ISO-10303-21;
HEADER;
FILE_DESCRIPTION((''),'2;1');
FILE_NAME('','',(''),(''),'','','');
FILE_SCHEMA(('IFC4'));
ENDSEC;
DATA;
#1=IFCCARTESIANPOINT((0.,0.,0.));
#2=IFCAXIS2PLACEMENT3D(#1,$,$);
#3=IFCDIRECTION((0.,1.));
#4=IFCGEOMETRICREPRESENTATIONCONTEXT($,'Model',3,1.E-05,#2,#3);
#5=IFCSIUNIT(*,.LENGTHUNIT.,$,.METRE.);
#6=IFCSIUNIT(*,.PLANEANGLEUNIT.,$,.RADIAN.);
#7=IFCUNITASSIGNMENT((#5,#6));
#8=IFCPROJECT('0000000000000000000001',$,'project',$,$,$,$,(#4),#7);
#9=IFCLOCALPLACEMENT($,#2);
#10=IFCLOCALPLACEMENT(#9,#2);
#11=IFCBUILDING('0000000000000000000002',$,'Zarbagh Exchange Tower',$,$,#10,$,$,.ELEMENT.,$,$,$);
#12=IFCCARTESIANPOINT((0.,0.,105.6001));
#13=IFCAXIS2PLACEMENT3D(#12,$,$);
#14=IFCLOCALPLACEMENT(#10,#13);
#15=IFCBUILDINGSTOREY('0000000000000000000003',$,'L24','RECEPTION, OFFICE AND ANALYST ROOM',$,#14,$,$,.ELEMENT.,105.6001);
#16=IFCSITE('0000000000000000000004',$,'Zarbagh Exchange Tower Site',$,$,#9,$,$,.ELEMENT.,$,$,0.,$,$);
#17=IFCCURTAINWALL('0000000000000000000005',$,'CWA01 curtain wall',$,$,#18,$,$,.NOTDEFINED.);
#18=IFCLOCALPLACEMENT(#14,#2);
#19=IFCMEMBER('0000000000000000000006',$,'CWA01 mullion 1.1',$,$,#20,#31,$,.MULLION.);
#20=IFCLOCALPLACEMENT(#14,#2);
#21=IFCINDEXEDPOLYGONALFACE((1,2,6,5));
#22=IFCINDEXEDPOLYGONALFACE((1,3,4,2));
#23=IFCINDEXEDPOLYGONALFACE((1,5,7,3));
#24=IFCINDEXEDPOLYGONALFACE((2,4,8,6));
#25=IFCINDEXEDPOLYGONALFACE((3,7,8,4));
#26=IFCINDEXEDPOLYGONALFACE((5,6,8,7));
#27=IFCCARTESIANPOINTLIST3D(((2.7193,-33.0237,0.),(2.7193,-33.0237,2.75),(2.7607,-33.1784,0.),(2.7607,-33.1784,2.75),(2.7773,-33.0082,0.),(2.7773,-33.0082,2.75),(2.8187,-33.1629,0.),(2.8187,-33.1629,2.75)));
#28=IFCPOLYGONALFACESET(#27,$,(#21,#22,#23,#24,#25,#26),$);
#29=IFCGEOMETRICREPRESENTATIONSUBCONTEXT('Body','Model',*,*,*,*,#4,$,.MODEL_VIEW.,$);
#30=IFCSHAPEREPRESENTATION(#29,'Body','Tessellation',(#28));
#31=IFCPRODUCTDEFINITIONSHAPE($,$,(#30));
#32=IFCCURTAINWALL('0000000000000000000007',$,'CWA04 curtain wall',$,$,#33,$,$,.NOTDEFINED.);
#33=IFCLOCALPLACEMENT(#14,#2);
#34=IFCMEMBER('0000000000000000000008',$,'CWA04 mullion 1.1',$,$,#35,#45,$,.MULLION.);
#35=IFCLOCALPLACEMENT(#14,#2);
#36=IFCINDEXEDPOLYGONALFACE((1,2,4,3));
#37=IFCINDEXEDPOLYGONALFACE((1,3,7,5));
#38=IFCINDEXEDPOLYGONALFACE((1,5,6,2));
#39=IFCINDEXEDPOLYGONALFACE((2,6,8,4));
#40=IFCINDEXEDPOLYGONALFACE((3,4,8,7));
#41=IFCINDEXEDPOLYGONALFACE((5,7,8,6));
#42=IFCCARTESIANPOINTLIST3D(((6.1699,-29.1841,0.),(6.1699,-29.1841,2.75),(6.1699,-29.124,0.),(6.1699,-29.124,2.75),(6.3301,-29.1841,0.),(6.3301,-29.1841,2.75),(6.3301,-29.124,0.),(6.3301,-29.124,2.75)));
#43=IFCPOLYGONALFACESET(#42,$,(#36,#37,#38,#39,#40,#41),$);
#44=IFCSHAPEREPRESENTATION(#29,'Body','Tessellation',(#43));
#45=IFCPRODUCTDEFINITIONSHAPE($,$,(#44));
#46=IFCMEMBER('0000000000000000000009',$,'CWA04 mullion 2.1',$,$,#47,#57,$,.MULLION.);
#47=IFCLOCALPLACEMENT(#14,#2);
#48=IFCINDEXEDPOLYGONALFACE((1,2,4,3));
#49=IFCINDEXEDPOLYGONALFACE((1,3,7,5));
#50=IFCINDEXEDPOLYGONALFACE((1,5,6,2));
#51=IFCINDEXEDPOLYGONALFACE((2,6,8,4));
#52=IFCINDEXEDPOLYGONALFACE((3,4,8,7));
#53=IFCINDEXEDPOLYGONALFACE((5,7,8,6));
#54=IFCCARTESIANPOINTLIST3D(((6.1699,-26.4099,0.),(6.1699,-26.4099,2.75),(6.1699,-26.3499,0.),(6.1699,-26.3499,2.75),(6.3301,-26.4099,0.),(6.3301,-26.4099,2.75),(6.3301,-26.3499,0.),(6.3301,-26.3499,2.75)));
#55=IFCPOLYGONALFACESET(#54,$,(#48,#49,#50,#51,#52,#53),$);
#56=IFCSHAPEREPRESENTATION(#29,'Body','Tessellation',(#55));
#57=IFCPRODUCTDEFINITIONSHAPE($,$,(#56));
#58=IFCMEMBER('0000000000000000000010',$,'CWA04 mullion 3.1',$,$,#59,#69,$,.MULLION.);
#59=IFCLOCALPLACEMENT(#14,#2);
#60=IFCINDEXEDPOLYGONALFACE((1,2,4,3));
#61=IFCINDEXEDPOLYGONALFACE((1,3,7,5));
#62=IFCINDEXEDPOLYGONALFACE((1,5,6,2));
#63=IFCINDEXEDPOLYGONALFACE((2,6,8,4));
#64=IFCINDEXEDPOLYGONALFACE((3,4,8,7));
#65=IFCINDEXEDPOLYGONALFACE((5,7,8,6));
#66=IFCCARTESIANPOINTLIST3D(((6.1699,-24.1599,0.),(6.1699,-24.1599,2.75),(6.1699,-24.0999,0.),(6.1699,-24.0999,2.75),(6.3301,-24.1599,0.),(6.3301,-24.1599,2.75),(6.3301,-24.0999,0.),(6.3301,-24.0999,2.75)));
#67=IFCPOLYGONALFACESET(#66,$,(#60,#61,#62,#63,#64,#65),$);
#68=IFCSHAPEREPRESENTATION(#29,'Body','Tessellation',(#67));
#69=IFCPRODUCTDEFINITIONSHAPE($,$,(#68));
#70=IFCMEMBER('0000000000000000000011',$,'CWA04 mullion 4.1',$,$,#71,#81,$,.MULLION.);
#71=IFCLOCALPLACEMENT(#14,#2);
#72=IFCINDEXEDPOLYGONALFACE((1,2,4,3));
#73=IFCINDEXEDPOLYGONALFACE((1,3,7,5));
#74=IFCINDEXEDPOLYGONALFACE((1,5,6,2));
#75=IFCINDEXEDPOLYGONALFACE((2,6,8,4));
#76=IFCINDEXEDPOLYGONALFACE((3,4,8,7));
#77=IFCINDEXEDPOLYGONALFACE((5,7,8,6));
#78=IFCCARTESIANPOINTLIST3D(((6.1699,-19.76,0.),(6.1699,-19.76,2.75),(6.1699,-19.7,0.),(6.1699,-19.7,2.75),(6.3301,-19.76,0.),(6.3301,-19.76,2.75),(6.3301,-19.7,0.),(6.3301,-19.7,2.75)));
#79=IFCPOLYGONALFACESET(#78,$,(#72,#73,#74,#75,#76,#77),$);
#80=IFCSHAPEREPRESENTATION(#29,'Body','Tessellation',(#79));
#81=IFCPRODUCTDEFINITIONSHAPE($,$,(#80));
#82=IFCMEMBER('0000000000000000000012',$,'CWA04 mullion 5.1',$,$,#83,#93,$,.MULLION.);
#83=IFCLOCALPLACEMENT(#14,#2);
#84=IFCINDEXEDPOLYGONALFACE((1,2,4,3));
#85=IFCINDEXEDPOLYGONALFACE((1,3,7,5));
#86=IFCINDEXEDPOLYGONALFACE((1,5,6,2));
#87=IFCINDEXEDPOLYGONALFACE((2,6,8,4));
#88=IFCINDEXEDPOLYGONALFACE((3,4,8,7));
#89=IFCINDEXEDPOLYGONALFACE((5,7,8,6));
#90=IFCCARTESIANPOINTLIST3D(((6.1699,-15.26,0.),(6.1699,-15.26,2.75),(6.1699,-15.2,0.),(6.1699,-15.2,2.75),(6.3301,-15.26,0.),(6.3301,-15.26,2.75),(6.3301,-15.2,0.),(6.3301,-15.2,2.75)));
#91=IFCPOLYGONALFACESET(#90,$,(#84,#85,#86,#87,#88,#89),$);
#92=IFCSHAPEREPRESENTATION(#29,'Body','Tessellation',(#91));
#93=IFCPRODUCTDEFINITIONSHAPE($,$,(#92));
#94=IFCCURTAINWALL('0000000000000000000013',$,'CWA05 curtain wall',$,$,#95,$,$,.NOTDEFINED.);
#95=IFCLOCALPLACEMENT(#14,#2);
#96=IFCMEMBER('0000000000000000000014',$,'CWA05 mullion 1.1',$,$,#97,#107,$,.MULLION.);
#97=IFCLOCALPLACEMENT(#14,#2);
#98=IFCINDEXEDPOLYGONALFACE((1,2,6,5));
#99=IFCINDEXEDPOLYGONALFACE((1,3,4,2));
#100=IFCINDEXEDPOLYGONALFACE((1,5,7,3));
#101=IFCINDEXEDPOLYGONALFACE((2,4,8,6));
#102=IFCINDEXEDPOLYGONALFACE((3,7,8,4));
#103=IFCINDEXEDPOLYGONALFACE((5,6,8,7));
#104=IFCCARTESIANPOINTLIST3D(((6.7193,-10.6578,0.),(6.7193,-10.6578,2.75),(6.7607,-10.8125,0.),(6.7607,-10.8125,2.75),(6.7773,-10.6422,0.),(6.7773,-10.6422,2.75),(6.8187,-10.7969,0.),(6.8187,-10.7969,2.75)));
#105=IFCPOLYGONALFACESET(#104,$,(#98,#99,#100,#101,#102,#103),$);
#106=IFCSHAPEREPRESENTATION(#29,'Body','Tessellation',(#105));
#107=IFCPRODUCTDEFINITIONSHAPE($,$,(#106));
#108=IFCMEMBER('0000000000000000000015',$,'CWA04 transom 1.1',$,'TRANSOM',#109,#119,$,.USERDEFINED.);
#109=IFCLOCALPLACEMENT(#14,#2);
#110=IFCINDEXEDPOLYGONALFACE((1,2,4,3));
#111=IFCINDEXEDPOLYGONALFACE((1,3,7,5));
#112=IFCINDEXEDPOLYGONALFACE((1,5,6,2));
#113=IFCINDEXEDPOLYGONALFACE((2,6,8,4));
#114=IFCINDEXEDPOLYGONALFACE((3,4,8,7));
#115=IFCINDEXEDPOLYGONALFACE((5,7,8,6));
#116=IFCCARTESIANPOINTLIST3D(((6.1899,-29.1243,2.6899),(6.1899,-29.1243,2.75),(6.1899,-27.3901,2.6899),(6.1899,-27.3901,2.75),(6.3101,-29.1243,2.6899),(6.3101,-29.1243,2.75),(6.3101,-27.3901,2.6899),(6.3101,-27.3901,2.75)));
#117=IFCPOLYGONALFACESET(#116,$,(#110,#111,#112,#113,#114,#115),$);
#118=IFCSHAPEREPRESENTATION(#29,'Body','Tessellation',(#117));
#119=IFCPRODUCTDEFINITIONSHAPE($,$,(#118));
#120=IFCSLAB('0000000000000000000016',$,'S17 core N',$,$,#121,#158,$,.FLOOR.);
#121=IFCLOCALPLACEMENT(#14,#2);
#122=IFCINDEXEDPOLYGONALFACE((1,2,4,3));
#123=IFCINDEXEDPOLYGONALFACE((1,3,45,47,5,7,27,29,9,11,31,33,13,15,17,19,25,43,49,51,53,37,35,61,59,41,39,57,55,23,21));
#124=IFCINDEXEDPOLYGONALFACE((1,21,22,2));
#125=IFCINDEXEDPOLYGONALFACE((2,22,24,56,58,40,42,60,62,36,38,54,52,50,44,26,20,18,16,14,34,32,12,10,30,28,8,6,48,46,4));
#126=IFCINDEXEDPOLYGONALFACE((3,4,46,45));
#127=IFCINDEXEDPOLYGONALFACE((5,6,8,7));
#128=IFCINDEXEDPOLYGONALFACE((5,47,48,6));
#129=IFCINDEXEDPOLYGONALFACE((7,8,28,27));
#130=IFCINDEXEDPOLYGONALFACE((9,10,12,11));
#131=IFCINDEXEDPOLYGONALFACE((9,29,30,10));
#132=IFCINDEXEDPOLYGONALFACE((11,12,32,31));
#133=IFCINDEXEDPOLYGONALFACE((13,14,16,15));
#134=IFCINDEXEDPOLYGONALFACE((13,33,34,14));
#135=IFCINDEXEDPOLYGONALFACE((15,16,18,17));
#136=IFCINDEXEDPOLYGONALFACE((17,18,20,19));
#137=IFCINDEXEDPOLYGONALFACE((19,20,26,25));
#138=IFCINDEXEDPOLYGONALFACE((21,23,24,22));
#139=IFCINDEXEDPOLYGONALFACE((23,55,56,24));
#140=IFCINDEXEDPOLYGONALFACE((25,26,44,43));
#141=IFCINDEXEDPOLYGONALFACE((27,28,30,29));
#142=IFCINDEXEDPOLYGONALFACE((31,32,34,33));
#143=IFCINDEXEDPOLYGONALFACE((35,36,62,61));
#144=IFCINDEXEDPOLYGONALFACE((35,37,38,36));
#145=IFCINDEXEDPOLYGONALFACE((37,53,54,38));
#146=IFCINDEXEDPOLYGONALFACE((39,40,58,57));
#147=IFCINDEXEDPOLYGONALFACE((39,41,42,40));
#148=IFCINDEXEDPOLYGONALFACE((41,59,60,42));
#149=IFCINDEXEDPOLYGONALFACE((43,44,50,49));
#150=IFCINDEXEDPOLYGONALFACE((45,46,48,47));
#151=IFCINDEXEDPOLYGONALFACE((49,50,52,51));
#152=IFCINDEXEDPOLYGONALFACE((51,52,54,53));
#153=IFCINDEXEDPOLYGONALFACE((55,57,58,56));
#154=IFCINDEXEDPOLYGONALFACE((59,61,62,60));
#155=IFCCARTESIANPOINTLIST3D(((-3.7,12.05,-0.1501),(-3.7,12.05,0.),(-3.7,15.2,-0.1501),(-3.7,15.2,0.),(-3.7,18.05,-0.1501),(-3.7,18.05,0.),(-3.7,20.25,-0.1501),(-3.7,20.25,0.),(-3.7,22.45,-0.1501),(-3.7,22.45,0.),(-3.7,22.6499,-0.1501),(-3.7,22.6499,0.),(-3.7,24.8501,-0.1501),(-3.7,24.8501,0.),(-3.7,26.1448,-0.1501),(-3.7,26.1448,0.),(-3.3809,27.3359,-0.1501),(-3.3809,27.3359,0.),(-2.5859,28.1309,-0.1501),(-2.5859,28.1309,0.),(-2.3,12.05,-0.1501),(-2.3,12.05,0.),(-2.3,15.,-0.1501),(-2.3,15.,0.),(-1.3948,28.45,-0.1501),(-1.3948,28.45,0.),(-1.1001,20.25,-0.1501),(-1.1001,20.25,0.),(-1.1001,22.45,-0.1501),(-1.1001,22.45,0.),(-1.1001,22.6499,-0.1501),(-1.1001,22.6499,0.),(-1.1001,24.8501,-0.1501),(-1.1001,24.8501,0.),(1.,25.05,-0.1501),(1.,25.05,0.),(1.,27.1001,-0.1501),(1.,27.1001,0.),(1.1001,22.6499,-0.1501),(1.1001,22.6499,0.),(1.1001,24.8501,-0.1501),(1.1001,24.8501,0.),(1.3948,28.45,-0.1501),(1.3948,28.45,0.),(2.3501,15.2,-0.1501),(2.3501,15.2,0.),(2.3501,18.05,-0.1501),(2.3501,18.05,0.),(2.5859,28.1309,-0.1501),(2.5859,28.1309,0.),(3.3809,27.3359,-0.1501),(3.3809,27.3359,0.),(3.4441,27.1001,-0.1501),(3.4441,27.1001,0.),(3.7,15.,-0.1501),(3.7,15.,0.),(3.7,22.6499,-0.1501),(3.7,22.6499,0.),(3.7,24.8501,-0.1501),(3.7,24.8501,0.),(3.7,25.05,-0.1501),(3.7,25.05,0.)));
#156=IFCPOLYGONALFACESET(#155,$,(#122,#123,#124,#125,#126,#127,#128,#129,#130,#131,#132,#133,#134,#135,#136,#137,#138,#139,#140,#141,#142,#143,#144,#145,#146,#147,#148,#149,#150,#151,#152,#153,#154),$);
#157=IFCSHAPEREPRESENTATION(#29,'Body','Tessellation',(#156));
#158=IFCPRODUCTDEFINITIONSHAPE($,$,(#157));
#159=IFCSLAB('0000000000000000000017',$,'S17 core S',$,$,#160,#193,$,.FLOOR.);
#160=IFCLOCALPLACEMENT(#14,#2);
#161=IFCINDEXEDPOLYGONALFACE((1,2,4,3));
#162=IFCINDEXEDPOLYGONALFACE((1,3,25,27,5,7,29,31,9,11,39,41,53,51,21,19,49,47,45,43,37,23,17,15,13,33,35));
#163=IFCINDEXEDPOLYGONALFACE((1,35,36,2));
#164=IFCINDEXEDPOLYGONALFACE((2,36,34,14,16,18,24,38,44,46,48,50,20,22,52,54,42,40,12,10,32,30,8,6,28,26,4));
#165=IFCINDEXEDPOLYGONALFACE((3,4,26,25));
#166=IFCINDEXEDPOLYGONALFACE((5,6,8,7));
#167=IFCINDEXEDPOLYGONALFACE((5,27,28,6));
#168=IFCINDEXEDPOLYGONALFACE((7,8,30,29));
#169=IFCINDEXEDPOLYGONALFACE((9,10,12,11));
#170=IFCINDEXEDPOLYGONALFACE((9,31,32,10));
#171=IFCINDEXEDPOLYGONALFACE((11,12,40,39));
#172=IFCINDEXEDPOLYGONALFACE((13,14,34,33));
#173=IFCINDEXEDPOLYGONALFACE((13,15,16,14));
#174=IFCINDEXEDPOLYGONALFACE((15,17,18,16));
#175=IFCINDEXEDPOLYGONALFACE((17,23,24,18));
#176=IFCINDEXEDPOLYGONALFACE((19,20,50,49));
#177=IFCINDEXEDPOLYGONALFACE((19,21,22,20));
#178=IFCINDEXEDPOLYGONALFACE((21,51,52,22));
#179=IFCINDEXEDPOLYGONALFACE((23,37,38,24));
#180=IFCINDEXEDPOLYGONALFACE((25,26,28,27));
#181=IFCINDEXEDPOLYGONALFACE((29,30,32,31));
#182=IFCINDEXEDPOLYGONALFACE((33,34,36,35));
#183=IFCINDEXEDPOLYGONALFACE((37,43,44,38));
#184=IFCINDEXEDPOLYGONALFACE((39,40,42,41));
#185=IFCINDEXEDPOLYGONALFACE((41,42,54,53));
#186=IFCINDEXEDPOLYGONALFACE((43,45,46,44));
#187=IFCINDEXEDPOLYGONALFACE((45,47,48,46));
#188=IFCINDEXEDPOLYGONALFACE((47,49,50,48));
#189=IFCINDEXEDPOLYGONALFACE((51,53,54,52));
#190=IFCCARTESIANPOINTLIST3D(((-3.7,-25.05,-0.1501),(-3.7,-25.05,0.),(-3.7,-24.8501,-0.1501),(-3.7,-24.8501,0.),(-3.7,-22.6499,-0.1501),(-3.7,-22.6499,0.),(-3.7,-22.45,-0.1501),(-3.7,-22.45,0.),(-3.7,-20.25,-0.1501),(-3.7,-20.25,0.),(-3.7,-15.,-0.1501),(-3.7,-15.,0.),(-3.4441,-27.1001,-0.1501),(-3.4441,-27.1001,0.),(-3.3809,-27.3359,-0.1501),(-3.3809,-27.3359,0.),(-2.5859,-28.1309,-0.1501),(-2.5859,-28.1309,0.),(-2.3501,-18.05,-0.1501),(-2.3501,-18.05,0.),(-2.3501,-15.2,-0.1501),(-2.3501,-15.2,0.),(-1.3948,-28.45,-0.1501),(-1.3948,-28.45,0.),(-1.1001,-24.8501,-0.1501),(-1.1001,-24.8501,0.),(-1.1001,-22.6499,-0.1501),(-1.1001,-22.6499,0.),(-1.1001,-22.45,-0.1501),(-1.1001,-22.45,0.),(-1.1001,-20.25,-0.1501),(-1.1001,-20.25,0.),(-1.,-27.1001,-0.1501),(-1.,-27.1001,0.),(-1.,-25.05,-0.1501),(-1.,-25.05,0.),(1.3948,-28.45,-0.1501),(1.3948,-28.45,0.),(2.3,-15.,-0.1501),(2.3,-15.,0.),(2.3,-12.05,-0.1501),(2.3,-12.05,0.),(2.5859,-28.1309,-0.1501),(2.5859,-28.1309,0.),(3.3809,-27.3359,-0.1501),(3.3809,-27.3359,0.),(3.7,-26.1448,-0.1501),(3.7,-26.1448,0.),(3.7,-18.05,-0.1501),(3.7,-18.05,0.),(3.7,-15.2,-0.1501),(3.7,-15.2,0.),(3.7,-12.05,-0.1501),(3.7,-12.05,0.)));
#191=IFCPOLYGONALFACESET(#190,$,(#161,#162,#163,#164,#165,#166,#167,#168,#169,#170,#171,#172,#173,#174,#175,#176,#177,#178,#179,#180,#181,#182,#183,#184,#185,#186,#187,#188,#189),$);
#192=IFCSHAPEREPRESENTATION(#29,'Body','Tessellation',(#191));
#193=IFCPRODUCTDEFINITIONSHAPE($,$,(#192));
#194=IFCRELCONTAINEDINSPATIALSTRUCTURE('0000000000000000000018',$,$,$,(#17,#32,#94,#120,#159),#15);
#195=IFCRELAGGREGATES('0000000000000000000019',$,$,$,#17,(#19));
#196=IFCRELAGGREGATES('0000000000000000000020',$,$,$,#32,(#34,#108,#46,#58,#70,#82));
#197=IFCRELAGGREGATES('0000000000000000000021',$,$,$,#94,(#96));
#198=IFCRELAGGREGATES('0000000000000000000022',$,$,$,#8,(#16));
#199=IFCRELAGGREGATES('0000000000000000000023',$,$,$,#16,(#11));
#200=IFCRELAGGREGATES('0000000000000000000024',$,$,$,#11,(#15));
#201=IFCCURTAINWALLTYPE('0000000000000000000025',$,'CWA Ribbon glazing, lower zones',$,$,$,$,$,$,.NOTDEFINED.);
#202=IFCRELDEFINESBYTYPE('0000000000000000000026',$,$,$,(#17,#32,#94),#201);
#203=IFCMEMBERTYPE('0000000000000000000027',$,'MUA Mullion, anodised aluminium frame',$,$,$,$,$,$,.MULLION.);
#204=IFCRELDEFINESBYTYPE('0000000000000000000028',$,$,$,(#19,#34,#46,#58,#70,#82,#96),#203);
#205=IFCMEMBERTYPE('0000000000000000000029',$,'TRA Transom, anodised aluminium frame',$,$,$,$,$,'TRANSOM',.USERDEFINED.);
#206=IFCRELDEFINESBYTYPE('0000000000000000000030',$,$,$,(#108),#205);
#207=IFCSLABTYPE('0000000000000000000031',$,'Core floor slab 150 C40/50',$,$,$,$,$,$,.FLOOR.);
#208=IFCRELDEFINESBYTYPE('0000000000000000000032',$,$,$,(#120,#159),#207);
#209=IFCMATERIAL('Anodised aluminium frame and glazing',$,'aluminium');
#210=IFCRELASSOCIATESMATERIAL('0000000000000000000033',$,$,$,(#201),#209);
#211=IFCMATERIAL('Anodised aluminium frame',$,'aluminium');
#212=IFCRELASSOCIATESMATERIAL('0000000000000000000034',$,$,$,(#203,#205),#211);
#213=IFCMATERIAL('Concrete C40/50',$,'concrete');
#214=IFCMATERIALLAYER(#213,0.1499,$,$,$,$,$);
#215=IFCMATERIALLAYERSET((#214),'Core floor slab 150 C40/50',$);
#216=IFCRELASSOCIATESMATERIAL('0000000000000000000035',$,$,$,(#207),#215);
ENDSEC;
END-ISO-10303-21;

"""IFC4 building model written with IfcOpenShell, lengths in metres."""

from ifc_helpers import new_model, si_unit, direction, frame, origin, place, context, subcontext, project, spatial, polyline, outline, extrude, source, transform, mapped, material, layer, layer_set, type_object, element, aggregate, save


model = new_model("IFC4")

# Units and contexts
model_context = context("Model", 3, precision=1e-05, world=origin(), true_north=direction((0.0, 1.0)))
body_context = subcontext(model_context, "Body", "Model", "MODEL_VIEW")
ifc_project = project(units=[si_unit("LENGTHUNIT", "METRE"), si_unit("PLANEANGLEUNIT", "RADIAN")], contexts=[model_context])

# Site, building, storey
site_placement = place(None, origin())
site = spatial("IfcSite", under=ifc_project, at=site_placement, Name="Zarbagh Exchange Tower Site", CompositionType="ELEMENT", RefElevation=0.0)
building_placement = place(site_placement, origin())
building = spatial("IfcBuilding", under=site, at=building_placement, Name="Zarbagh Exchange Tower", CompositionType="ELEMENT")
storey_placement = place(building_placement, frame((0.0, 0.0, 105.6001)))
storey = spatial("IfcBuildingStorey", under=building, at=storey_placement, Name="L24", Description="RECEPTION, OFFICE AND ANALYST ROOM", CompositionType="ELEMENT", Elevation=105.6001)

# Curtain wall, member
ifc_material_1 = material(Name="Anodised aluminium frame and glazing", Category="aluminium")
curtain_wall_type = type_object("IfcCurtainWallType", Name="CWA Ribbon glazing, lower zones", PredefinedType="NOTDEFINED", material=ifc_material_1)
curtain_wall_1_placement = place(storey_placement, origin())
curtain_wall_1 = element("IfcCurtainWall", 1, at=curtain_wall_1_placement, inside=storey, type_object=curtain_wall_type, Name="CWA01 curtain wall", PredefinedType="NOTDEFINED")
ifc_material_2 = material(Name="Anodised aluminium frame", Category="aluminium")
member_type_1 = type_object("IfcMemberType", Name="MUA Mullion, anodised aluminium frame", PredefinedType="MULLION", material=ifc_material_2)
shared_shape_1 = source(origin(), body_context, "Body", "SweptSolid", [
    extrude(outline(polyline([(0.0, -0.0801), (0.0601, -0.0801), (0.0601, 0.0801), (0.0, 0.0801), (0.0, -0.0801)])), origin(), (0.0, 0.0, 1.0), 2.75),
])
placement = place(storey_placement, origin())
member_1 = element("IfcMember", 2, at=placement, type_object=member_type_1, Name="CWA01 mullion 1.1", PredefinedType="MULLION", context=body_context, shape_type="MappedRepresentation", body=[
    mapped(shared_shape_1, transform((2.74, -33.1011, 0.0), x_axis=(0.965924, 0.258825, 0.0), y_axis=(-0.258825, 0.965924, 0.0), z_axis=(0.0, 0.0, 1.0))),
])

# Curtain wall, members
curtain_wall_2_placement = place(storey_placement, origin())
curtain_wall_2 = element("IfcCurtainWall", 3, at=curtain_wall_2_placement, inside=storey, type_object=curtain_wall_type, Name="CWA04 curtain wall", PredefinedType="NOTDEFINED")
member_2 = element("IfcMember", 4, at=placement, type_object=member_type_1, Name="CWA04 mullion 1.1", PredefinedType="MULLION", context=body_context, shape_type="MappedRepresentation", body=[
    mapped(shared_shape_1, transform((6.25, -29.1841, 0.0), x_axis=(0.0, 1.0, 0.0), y_axis=(-1.0, 0.0, 0.0), z_axis=(0.0, 0.0, 1.0))),
])
member_3 = element("IfcMember", 5, at=placement, type_object=member_type_1, Name="CWA04 mullion 2.1", PredefinedType="MULLION", context=body_context, shape_type="MappedRepresentation", body=[
    mapped(shared_shape_1, transform((6.25, -26.4099, 0.0), x_axis=(0.0, 1.0, 0.0), y_axis=(-1.0, 0.0, 0.0), z_axis=(0.0, 0.0, 1.0))),
])
member_4 = element("IfcMember", 6, at=placement, type_object=member_type_1, Name="CWA04 mullion 3.1", PredefinedType="MULLION", context=body_context, shape_type="MappedRepresentation", body=[
    mapped(shared_shape_1, transform((6.25, -24.1599, 0.0), x_axis=(0.0, 1.0, 0.0), y_axis=(-1.0, 0.0, 0.0), z_axis=(0.0, 0.0, 1.0))),
])
member_5 = element("IfcMember", 7, at=placement, type_object=member_type_1, Name="CWA04 mullion 4.1", PredefinedType="MULLION", context=body_context, shape_type="MappedRepresentation", body=[
    mapped(shared_shape_1, transform((6.25, -19.76, 0.0), x_axis=(0.0, 1.0, 0.0), y_axis=(-1.0, 0.0, 0.0), z_axis=(0.0, 0.0, 1.0))),
])
member_6 = element("IfcMember", 8, at=placement, type_object=member_type_1, Name="CWA04 mullion 5.1", PredefinedType="MULLION", context=body_context, shape_type="MappedRepresentation", body=[
    mapped(shared_shape_1, transform((6.25, -15.26, 0.0), x_axis=(0.0, 1.0, 0.0), y_axis=(-1.0, 0.0, 0.0), z_axis=(0.0, 0.0, 1.0))),
])

# Curtain wall, member
curtain_wall_3_placement = place(storey_placement, origin())
curtain_wall_3 = element("IfcCurtainWall", 9, at=curtain_wall_3_placement, inside=storey, type_object=curtain_wall_type, Name="CWA05 curtain wall", PredefinedType="NOTDEFINED")
member_7 = element("IfcMember", 10, at=placement, type_object=member_type_1, Name="CWA05 mullion 1.1", PredefinedType="MULLION", context=body_context, shape_type="MappedRepresentation", body=[
    mapped(shared_shape_1, transform((6.74, -10.7351, 0.0), x_axis=(0.965924, 0.258825, 0.0), y_axis=(-0.258825, 0.965924, 0.0), z_axis=(0.0, 0.0, 1.0))),
])

# Member
member_type_2 = type_object("IfcMemberType", Name="TRA Transom, anodised aluminium frame", ElementType="TRANSOM", PredefinedType="USERDEFINED", material=ifc_material_2)
shared_shape_2 = source(origin(), body_context, "Body", "SweptSolid", [
    extrude(outline(polyline([(-0.0601, -0.0601), (0.0, -0.0601), (0.0, 0.0601), (-0.0601, 0.0601), (-0.0601, -0.0601)])), origin(), (0.0, 0.0, 1.0), 1.7341),
])
member_8 = element("IfcMember", 11, at=placement, type_object=member_type_2, Name="CWA04 transom 1.1", ObjectType="TRANSOM", PredefinedType="USERDEFINED", context=body_context, shape_type="MappedRepresentation", body=[
    mapped(shared_shape_2, transform((6.25, -29.1243, 2.75), x_axis=(0.0, 0.0, 1.0), y_axis=(1.0, 0.0, 0.0), z_axis=(0.0, 1.0, 0.0))),
])

# Slabs
ifc_material_3 = material(Name="Concrete C40/50", Category="concrete")
ifc_layer_1 = layer(ifc_material_3, 0.1499)
ifc_layer_set_1 = layer_set([ifc_layer_1], Name="Core floor slab 150 C40/50")
slab_type = type_object("IfcSlabType", Name="Core floor slab 150 C40/50", PredefinedType="FLOOR", material=ifc_layer_set_1)
slab_1_placement = place(storey_placement, frame((0.0, 0.0, -0.1501)))
element("IfcSlab", 12, at=slab_1_placement, inside=storey, type_object=slab_type, Name="S17 core N", PredefinedType="FLOOR", context=body_context, shape_type="SweptSolid", body=[
    extrude(outline(polyline([(-3.7, 12.05), (-3.7, 15.2), (2.3501, 15.2), (2.3501, 18.05), (-3.7, 18.05), (-3.7, 20.25), (-1.1001, 20.25), (-1.1001, 22.45), (-3.7, 22.45), (-3.7, 22.6499), (-1.1001, 22.6499), (-1.1001, 24.8501), (-3.7, 24.8501), (-3.7, 26.1448), (-3.3809, 27.3359), (-2.5859, 28.1309), (-1.3948, 28.45), (1.3948, 28.45), (2.5859, 28.1309), (3.3809, 27.3359), (3.6465, 26.3447), (3.4441, 27.1001), (1.0, 27.1001), (1.0, 25.05), (3.7, 25.05), (3.7, 24.8501), (1.1001, 24.8501), (1.1001, 22.6499), (3.7, 22.6499), (3.7, 15.0), (-2.3, 15.0), (-2.3, 12.05), (-3.7, 12.05)])), origin(), (0.0, 0.0, 1.0), 0.1501),
])
slab_2_placement = place(storey_placement, frame((0.0, 0.0, -0.1501)))
element("IfcSlab", 13, at=slab_2_placement, inside=storey, type_object=slab_type, Name="S17 core S", PredefinedType="FLOOR", context=body_context, shape_type="SweptSolid", body=[
    extrude(outline(polyline([(-2.5859, -28.1309), (-3.3809, -27.3359), (-3.6465, -26.3447), (-3.4441, -27.1001), (-1.0, -27.1001), (-1.0, -25.05), (-3.7, -25.05), (-3.7, -24.8501), (-1.1001, -24.8501), (-1.1001, -22.6499), (-3.7, -22.6499), (-3.7, -22.45), (-1.1001, -22.45), (-1.1001, -20.25), (-3.7, -20.25), (-3.7, -15.0), (2.3, -15.0), (2.3, -12.05), (3.7, -12.05), (3.7, -15.2), (-2.3501, -15.2), (-2.3501, -18.05), (3.7, -18.05), (3.7, -26.1448), (3.3809, -27.3359), (2.5859, -28.1309), (1.3948, -28.45), (-1.3948, -28.45), (-2.5859, -28.1309)])), origin(), (0.0, 0.0, 1.0), 0.1501),
])

aggregate(curtain_wall_1, [member_1])

aggregate(curtain_wall_2, [member_2, member_8, member_3, member_4, member_5, member_6])
aggregate(curtain_wall_3, [member_7])

save(model, "model.ifc")
